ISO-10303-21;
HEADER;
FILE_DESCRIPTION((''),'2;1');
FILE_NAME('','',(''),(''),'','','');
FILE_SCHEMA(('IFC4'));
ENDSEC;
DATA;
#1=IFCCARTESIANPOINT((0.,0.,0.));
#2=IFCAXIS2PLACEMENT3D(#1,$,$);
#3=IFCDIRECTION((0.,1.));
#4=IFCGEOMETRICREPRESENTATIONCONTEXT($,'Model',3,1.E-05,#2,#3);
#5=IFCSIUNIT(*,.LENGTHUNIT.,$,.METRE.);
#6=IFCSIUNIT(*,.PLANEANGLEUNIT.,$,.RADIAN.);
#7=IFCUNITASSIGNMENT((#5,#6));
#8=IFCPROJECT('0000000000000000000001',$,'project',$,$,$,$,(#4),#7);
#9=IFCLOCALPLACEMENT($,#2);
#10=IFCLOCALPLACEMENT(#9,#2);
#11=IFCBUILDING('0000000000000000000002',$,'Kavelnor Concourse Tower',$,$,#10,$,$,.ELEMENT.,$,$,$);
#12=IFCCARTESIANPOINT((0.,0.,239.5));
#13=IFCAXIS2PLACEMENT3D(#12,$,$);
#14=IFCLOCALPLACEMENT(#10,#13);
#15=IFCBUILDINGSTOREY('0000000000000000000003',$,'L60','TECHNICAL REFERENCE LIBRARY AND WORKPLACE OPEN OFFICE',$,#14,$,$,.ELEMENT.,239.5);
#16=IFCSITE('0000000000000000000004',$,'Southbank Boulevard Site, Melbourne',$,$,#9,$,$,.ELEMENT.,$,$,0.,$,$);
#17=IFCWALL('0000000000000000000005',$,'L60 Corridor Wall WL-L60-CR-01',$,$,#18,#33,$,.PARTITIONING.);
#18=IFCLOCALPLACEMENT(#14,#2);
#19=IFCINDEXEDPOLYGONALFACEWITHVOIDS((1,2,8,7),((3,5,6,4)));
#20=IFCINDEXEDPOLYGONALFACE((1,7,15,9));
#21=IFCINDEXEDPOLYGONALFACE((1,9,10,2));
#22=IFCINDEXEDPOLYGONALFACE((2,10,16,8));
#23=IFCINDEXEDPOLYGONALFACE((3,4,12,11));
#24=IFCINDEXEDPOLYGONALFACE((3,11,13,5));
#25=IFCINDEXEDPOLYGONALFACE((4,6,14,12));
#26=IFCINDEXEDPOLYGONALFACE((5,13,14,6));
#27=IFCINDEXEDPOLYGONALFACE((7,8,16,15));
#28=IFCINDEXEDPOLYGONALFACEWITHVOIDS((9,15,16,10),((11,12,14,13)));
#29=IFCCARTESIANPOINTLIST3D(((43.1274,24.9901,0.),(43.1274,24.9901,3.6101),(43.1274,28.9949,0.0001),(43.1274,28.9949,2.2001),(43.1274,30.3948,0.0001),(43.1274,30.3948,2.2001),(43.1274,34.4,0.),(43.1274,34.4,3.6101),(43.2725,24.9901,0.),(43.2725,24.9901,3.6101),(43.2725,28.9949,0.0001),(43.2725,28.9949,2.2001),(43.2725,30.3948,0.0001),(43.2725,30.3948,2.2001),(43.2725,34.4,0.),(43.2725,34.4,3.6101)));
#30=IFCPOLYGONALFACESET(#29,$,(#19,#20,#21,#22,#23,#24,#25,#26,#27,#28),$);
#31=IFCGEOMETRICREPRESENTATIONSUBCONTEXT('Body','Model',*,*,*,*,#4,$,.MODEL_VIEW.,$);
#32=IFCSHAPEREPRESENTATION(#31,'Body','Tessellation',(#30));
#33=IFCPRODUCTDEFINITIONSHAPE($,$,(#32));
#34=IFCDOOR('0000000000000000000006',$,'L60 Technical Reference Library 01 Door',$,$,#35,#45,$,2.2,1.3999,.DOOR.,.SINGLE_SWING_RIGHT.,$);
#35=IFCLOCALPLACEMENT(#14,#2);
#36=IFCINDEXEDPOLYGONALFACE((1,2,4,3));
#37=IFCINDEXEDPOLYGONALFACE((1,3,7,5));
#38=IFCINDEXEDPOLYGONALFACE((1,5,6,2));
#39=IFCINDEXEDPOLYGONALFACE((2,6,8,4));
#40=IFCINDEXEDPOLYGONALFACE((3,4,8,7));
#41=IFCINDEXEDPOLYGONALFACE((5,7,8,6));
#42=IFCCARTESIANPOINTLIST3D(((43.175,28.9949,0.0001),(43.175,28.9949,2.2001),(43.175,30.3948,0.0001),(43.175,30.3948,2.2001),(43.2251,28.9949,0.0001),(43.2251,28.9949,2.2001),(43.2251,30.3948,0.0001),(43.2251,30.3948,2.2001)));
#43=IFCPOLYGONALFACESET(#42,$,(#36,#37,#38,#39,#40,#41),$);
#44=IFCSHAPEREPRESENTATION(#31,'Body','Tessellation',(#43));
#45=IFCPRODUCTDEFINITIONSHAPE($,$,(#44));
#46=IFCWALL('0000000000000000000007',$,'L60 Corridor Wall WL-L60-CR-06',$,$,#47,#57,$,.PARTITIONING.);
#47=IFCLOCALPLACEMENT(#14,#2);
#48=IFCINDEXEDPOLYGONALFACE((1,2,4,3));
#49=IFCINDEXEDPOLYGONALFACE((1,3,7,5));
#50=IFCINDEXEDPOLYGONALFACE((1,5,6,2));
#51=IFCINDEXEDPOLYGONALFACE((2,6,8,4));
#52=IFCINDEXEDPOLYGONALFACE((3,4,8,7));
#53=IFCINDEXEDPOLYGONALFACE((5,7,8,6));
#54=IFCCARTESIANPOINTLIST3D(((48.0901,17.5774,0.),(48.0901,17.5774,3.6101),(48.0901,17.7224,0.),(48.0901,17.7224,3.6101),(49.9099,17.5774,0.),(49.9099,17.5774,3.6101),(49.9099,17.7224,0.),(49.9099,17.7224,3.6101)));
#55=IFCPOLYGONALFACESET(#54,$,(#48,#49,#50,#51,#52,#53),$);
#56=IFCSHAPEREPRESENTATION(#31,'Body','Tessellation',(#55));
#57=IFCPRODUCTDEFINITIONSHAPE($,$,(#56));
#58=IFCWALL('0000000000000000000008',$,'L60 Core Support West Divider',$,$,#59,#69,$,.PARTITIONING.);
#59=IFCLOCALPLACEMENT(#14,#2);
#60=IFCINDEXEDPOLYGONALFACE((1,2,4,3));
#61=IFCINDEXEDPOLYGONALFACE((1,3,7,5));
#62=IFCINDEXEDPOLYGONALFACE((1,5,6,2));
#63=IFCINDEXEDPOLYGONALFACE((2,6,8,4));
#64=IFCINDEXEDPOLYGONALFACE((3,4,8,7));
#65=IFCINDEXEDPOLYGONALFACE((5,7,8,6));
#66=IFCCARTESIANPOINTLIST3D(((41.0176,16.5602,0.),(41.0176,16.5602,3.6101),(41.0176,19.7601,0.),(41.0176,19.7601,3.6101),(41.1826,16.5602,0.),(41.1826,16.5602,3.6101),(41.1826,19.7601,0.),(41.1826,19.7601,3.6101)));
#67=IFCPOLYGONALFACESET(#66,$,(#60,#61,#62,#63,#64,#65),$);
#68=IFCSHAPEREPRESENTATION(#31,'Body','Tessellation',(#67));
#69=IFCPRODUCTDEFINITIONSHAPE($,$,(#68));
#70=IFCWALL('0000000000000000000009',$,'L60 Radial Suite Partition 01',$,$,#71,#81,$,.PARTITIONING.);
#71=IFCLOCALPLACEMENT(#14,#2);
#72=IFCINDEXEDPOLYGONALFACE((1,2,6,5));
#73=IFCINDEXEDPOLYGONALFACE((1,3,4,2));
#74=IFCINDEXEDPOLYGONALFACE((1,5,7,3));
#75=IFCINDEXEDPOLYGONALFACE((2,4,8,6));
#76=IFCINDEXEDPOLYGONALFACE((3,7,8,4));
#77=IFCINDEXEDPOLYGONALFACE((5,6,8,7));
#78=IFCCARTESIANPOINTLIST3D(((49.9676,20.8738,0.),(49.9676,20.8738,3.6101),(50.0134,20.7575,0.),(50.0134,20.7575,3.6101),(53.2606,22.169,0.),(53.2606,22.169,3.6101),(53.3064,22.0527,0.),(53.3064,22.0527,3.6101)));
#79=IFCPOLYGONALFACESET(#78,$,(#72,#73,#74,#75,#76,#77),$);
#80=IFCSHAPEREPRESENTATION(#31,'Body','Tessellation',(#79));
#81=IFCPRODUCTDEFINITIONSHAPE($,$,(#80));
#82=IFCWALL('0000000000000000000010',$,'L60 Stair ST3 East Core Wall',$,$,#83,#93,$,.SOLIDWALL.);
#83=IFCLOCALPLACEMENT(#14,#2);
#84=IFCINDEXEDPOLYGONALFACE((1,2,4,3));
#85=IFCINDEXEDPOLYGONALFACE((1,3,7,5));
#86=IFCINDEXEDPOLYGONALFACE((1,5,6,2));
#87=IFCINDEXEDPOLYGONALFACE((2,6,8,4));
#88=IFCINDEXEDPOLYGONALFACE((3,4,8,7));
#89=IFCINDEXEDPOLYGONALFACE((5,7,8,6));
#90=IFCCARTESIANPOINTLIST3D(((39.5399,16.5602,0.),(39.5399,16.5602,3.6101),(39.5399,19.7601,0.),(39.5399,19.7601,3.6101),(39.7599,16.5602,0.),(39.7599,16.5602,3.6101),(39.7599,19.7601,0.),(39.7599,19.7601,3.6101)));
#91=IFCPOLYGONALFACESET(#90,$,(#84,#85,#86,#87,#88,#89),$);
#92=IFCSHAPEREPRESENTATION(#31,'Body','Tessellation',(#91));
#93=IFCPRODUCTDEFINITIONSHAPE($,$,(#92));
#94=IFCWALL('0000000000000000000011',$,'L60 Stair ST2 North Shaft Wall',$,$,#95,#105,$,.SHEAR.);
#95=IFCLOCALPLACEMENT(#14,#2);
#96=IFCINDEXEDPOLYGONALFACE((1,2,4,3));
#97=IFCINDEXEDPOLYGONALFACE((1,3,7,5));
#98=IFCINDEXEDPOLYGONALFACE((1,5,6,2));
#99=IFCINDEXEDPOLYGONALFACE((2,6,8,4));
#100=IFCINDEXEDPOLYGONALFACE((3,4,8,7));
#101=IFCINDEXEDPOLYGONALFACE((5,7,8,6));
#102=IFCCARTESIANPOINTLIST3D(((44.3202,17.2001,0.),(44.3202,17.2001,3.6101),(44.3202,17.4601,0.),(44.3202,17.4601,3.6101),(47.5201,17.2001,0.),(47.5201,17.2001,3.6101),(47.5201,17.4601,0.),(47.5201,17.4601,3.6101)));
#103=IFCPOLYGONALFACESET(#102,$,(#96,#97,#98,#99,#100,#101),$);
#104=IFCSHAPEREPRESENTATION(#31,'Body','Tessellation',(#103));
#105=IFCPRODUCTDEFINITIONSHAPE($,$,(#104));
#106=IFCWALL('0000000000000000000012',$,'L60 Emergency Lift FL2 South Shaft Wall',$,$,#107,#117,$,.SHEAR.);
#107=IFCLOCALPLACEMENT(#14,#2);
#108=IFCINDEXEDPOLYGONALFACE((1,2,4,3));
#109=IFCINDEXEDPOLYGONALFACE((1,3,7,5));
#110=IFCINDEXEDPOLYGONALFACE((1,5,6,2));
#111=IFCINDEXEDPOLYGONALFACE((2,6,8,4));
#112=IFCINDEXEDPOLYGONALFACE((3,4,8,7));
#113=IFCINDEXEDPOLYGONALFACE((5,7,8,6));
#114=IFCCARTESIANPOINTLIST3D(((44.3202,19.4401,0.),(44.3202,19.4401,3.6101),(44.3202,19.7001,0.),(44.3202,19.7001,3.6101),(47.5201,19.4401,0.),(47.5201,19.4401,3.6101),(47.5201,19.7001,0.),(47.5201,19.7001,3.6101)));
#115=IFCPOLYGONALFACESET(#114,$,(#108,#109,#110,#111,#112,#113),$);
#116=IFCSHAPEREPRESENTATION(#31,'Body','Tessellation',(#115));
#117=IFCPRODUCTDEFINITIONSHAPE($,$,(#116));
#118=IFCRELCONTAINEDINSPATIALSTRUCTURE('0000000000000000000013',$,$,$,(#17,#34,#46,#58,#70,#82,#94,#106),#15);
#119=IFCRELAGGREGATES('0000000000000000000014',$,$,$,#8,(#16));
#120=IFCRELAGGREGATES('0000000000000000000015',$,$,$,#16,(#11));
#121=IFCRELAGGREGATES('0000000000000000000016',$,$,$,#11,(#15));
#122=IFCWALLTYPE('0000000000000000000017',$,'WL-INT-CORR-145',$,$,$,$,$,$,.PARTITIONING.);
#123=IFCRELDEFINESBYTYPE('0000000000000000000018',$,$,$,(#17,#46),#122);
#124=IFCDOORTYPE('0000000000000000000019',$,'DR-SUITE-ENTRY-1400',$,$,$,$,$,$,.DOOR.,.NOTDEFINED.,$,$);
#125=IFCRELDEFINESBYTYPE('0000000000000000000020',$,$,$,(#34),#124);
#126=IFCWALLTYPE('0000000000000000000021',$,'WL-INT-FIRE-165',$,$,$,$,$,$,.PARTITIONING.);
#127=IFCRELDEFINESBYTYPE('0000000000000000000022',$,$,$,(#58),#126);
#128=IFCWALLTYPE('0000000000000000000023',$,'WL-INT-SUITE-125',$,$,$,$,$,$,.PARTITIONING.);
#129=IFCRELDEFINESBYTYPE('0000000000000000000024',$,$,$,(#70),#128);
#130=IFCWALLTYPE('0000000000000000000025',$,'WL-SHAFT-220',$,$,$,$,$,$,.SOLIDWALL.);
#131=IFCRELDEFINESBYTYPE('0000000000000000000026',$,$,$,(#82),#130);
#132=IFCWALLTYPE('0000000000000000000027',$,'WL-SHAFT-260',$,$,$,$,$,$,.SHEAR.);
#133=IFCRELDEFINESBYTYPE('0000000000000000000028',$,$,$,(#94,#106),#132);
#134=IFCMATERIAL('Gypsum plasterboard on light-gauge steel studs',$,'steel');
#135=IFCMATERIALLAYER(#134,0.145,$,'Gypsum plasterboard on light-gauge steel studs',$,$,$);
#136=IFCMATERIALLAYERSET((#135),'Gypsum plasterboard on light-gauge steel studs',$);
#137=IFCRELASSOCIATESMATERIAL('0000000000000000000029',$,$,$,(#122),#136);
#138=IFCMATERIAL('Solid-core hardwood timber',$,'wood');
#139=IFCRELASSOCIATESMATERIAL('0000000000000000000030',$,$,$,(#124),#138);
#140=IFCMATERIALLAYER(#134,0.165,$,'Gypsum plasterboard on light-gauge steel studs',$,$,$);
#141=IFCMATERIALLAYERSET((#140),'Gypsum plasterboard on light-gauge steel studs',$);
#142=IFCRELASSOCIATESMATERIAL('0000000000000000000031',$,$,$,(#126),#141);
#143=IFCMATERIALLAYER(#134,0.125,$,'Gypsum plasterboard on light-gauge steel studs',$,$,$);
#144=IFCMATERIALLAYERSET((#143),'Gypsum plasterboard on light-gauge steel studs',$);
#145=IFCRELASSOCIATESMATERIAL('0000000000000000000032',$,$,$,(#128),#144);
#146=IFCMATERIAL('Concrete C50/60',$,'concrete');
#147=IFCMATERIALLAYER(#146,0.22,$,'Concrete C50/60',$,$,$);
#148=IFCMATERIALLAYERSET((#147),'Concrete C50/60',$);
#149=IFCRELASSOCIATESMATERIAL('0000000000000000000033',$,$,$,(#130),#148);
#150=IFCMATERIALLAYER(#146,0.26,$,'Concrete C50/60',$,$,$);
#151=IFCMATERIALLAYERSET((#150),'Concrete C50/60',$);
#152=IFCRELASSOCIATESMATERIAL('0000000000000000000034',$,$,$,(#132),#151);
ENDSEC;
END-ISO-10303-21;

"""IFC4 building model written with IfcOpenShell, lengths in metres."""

from ifc_helpers import new_model, si_unit, direction, frame, frame_2d, origin, place, context, subcontext, project, spatial, rectangle, extrude, material, layer, layer_set, type_object, element, fill, save


model = new_model("IFC4")

# Units and contexts
model_context = context("Model", 3, precision=1e-05, world=origin(), true_north=direction((0.0, 1.0)))
body_context = subcontext(model_context, "Body", "Model", "MODEL_VIEW")
ifc_project = project(units=[si_unit("LENGTHUNIT", "METRE"), si_unit("PLANEANGLEUNIT", "RADIAN")], contexts=[model_context])

# Site, building, storey
site_placement = place(None, origin())
site = spatial("IfcSite", under=ifc_project, at=site_placement, Name="Southbank Boulevard Site, Melbourne", CompositionType="ELEMENT", RefElevation=0.0)
building_placement = place(site_placement, origin())
building = spatial("IfcBuilding", under=site, at=building_placement, Name="Kavelnor Concourse Tower", CompositionType="ELEMENT")
storey_placement = place(building_placement, frame((0.0, 0.0, 239.5)))
storey = spatial("IfcBuildingStorey", under=building, at=storey_placement, Name="L60", Description="TECHNICAL REFERENCE LIBRARY AND WORKPLACE OPEN OFFICE", CompositionType="ELEMENT", Elevation=239.5)

# Wall, opening, door
ifc_material_1 = material(Name="Gypsum plasterboard on light-gauge steel studs", Category="steel")
ifc_layer_1 = layer(ifc_material_1, 0.145, Name="Gypsum plasterboard on light-gauge steel studs")
ifc_layer_set_1 = layer_set([ifc_layer_1], Name="Gypsum plasterboard on light-gauge steel studs")
wall_type_1 = type_object("IfcWallType", Name="WL-INT-CORR-145", PredefinedType="PARTITIONING", material=ifc_layer_set_1)
wall_1_placement = place(storey_placement, frame((43.2, 24.99, 0.0), z_axis=(0.0, 0.0, 1.0), x_axis=(0.0, 1.0, 0.0)))
wall_1 = element("IfcWall", 1, at=wall_1_placement, inside=storey, type_object=wall_type_1, Name="L60 Corridor Wall WL-L60-CR-01", PredefinedType="PARTITIONING", context=body_context, shape_type="SweptSolid", body=[
    extrude(rectangle(XDim=9.4099, YDim=0.145, at=frame_2d((4.7051, 0.0))), origin(), (0.0, 0.0, 1.0), 3.6101),
])
opening_placement = place(wall_1_placement, frame((4.0049, 0.0, 0.0)))
opening = element("IfcOpeningElement", 2, at=opening_placement, cuts=wall_1, PredefinedType="OPENING", context=body_context, shape_type="SweptSolid", body=[
    extrude(rectangle(XDim=1.3999, YDim=2.2, at=frame_2d((0.7, 1.1001))), frame((0.0, 0.0825, 0.0), z_axis=(0.0, -1.0, 0.0), x_axis=(1.0, 0.0, 0.0)), (0.0, 0.0, 1.0), 0.165),
])
ifc_material_2 = material(Name="Solid-core hardwood timber", Category="wood")
door_type = type_object("IfcDoorType", Name="DR-SUITE-ENTRY-1400", OperationType="NOTDEFINED", PredefinedType="DOOR", material=ifc_material_2)
door_placement = place(opening_placement, origin())
door = element("IfcDoor", 3, at=door_placement, inside=storey, type_object=door_type, Name="L60 Technical Reference Library 01 Door", OperationType="SINGLE_SWING_RIGHT", OverallHeight=2.2, OverallWidth=1.3999, PredefinedType="DOOR", context=body_context, shape_type="SweptSolid", body=[
    extrude(rectangle(XDim=1.3999, YDim=2.2, at=frame_2d((0.7, 1.1001))), frame((0.0, 0.0249, 0.0), z_axis=(0.0, -1.0, 0.0), x_axis=(1.0, 0.0, 0.0)), (0.0, 0.0, 1.0), 0.05),
])
fill(opening, door)

# Walls
wall_2_placement = place(storey_placement, frame((49.9099, 17.6499, 0.0), z_axis=(0.0, 0.0, 1.0), x_axis=(-1.0, 0.0, 0.0)))
element("IfcWall", 4, at=wall_2_placement, inside=storey, type_object=wall_type_1, Name="L60 Corridor Wall WL-L60-CR-06", PredefinedType="PARTITIONING", context=body_context, shape_type="SweptSolid", body=[
    extrude(rectangle(XDim=1.8198, YDim=0.145, at=frame_2d((0.9099, 0.0))), origin(), (0.0, 0.0, 1.0), 3.6101),
])
ifc_layer_2 = layer(ifc_material_1, 0.165, Name="Gypsum plasterboard on light-gauge steel studs")
ifc_layer_set_2 = layer_set([ifc_layer_2], Name="Gypsum plasterboard on light-gauge steel studs")
wall_type_2 = type_object("IfcWallType", Name="WL-INT-FIRE-165", PredefinedType="PARTITIONING", material=ifc_layer_set_2)
wall_3_placement = place(storey_placement, frame((41.1001, 16.5601, 0.0), z_axis=(0.0, 0.0, 1.0), x_axis=(0.0, 1.0, 0.0)))
element("IfcWall", 5, at=wall_3_placement, inside=storey, type_object=wall_type_2, Name="L60 Core Support West Divider", PredefinedType="PARTITIONING", context=body_context, shape_type="SweptSolid", body=[
    extrude(rectangle(XDim=3.2, YDim=0.165, at=frame_2d((1.6001, 0.0))), origin(), (0.0, 0.0, 1.0), 3.6101),
])
ifc_layer_3 = layer(ifc_material_1, 0.125, Name="Gypsum plasterboard on light-gauge steel studs")
ifc_layer_set_3 = layer_set([ifc_layer_3], Name="Gypsum plasterboard on light-gauge steel studs")
wall_type_3 = type_object("IfcWallType", Name="WL-INT-SUITE-125", PredefinedType="PARTITIONING", material=ifc_layer_set_3)
wall_4_placement = place(storey_placement, frame((49.9905, 20.8157, 0.0), z_axis=(0.0, 0.0, 1.0), x_axis=(0.930607, 0.36602, 0.0)))
element("IfcWall", 6, at=wall_4_placement, inside=storey, type_object=wall_type_3, Name="L60 Radial Suite Partition 01", PredefinedType="PARTITIONING", context=body_context, shape_type="SweptSolid", body=[
    extrude(rectangle(XDim=3.5386, YDim=0.125, at=frame_2d((1.7693, 0.0))), origin(), (0.0, 0.0, 1.0), 3.6101),
])
ifc_material_3 = material(Name="Concrete C50/60", Category="concrete")
ifc_layer_4 = layer(ifc_material_3, 0.22, Name="Concrete C50/60")
ifc_layer_set_4 = layer_set([ifc_layer_4], Name="Concrete C50/60")
wall_type_4 = type_object("IfcWallType", Name="WL-SHAFT-220", PredefinedType="SOLIDWALL", material=ifc_layer_set_4)
wall_5_placement = place(storey_placement, frame((39.6499, 16.5601, 0.0), z_axis=(0.0, 0.0, 1.0), x_axis=(0.0, 1.0, 0.0)))
element("IfcWall", 7, at=wall_5_placement, inside=storey, type_object=wall_type_4, Name="L60 Stair ST3 East Core Wall", PredefinedType="SOLIDWALL", context=body_context, shape_type="SweptSolid", body=[
    extrude(rectangle(XDim=3.2, YDim=0.22, at=frame_2d((1.6001, 0.0))), origin(), (0.0, 0.0, 1.0), 3.6101),
])
ifc_layer_5 = layer(ifc_material_3, 0.26, Name="Concrete C50/60")
ifc_layer_set_5 = layer_set([ifc_layer_5], Name="Concrete C50/60")
wall_type_5 = type_object("IfcWallType", Name="WL-SHAFT-260", PredefinedType="SHEAR", material=ifc_layer_set_5)
for number, where, z_axis, x_axis, name in (
    (8, (44.3201, 17.3301, 0.0), (0.0, 0.0, 1.0), (1.0, 0.0, 0.0), "L60 Stair ST2 North Shaft Wall"),
    (9, (44.3201, 19.5701, 0.0), (0.0, 0.0, 1.0), (1.0, 0.0, 0.0), "L60 Emergency Lift FL2 South Shaft Wall"),
):
    element("IfcWall", number, at=place(storey_placement, frame(where, z_axis=z_axis, x_axis=x_axis)), inside=storey, type_object=wall_type_5, Name=name, PredefinedType="SHEAR", context=body_context, shape_type="SweptSolid", body=[
        extrude(rectangle(XDim=3.2, YDim=0.26, at=frame_2d((1.6001, 0.0))), origin(), (0.0, 0.0, 1.0), 3.6101),
    ])

save(model, "model.ifc")
